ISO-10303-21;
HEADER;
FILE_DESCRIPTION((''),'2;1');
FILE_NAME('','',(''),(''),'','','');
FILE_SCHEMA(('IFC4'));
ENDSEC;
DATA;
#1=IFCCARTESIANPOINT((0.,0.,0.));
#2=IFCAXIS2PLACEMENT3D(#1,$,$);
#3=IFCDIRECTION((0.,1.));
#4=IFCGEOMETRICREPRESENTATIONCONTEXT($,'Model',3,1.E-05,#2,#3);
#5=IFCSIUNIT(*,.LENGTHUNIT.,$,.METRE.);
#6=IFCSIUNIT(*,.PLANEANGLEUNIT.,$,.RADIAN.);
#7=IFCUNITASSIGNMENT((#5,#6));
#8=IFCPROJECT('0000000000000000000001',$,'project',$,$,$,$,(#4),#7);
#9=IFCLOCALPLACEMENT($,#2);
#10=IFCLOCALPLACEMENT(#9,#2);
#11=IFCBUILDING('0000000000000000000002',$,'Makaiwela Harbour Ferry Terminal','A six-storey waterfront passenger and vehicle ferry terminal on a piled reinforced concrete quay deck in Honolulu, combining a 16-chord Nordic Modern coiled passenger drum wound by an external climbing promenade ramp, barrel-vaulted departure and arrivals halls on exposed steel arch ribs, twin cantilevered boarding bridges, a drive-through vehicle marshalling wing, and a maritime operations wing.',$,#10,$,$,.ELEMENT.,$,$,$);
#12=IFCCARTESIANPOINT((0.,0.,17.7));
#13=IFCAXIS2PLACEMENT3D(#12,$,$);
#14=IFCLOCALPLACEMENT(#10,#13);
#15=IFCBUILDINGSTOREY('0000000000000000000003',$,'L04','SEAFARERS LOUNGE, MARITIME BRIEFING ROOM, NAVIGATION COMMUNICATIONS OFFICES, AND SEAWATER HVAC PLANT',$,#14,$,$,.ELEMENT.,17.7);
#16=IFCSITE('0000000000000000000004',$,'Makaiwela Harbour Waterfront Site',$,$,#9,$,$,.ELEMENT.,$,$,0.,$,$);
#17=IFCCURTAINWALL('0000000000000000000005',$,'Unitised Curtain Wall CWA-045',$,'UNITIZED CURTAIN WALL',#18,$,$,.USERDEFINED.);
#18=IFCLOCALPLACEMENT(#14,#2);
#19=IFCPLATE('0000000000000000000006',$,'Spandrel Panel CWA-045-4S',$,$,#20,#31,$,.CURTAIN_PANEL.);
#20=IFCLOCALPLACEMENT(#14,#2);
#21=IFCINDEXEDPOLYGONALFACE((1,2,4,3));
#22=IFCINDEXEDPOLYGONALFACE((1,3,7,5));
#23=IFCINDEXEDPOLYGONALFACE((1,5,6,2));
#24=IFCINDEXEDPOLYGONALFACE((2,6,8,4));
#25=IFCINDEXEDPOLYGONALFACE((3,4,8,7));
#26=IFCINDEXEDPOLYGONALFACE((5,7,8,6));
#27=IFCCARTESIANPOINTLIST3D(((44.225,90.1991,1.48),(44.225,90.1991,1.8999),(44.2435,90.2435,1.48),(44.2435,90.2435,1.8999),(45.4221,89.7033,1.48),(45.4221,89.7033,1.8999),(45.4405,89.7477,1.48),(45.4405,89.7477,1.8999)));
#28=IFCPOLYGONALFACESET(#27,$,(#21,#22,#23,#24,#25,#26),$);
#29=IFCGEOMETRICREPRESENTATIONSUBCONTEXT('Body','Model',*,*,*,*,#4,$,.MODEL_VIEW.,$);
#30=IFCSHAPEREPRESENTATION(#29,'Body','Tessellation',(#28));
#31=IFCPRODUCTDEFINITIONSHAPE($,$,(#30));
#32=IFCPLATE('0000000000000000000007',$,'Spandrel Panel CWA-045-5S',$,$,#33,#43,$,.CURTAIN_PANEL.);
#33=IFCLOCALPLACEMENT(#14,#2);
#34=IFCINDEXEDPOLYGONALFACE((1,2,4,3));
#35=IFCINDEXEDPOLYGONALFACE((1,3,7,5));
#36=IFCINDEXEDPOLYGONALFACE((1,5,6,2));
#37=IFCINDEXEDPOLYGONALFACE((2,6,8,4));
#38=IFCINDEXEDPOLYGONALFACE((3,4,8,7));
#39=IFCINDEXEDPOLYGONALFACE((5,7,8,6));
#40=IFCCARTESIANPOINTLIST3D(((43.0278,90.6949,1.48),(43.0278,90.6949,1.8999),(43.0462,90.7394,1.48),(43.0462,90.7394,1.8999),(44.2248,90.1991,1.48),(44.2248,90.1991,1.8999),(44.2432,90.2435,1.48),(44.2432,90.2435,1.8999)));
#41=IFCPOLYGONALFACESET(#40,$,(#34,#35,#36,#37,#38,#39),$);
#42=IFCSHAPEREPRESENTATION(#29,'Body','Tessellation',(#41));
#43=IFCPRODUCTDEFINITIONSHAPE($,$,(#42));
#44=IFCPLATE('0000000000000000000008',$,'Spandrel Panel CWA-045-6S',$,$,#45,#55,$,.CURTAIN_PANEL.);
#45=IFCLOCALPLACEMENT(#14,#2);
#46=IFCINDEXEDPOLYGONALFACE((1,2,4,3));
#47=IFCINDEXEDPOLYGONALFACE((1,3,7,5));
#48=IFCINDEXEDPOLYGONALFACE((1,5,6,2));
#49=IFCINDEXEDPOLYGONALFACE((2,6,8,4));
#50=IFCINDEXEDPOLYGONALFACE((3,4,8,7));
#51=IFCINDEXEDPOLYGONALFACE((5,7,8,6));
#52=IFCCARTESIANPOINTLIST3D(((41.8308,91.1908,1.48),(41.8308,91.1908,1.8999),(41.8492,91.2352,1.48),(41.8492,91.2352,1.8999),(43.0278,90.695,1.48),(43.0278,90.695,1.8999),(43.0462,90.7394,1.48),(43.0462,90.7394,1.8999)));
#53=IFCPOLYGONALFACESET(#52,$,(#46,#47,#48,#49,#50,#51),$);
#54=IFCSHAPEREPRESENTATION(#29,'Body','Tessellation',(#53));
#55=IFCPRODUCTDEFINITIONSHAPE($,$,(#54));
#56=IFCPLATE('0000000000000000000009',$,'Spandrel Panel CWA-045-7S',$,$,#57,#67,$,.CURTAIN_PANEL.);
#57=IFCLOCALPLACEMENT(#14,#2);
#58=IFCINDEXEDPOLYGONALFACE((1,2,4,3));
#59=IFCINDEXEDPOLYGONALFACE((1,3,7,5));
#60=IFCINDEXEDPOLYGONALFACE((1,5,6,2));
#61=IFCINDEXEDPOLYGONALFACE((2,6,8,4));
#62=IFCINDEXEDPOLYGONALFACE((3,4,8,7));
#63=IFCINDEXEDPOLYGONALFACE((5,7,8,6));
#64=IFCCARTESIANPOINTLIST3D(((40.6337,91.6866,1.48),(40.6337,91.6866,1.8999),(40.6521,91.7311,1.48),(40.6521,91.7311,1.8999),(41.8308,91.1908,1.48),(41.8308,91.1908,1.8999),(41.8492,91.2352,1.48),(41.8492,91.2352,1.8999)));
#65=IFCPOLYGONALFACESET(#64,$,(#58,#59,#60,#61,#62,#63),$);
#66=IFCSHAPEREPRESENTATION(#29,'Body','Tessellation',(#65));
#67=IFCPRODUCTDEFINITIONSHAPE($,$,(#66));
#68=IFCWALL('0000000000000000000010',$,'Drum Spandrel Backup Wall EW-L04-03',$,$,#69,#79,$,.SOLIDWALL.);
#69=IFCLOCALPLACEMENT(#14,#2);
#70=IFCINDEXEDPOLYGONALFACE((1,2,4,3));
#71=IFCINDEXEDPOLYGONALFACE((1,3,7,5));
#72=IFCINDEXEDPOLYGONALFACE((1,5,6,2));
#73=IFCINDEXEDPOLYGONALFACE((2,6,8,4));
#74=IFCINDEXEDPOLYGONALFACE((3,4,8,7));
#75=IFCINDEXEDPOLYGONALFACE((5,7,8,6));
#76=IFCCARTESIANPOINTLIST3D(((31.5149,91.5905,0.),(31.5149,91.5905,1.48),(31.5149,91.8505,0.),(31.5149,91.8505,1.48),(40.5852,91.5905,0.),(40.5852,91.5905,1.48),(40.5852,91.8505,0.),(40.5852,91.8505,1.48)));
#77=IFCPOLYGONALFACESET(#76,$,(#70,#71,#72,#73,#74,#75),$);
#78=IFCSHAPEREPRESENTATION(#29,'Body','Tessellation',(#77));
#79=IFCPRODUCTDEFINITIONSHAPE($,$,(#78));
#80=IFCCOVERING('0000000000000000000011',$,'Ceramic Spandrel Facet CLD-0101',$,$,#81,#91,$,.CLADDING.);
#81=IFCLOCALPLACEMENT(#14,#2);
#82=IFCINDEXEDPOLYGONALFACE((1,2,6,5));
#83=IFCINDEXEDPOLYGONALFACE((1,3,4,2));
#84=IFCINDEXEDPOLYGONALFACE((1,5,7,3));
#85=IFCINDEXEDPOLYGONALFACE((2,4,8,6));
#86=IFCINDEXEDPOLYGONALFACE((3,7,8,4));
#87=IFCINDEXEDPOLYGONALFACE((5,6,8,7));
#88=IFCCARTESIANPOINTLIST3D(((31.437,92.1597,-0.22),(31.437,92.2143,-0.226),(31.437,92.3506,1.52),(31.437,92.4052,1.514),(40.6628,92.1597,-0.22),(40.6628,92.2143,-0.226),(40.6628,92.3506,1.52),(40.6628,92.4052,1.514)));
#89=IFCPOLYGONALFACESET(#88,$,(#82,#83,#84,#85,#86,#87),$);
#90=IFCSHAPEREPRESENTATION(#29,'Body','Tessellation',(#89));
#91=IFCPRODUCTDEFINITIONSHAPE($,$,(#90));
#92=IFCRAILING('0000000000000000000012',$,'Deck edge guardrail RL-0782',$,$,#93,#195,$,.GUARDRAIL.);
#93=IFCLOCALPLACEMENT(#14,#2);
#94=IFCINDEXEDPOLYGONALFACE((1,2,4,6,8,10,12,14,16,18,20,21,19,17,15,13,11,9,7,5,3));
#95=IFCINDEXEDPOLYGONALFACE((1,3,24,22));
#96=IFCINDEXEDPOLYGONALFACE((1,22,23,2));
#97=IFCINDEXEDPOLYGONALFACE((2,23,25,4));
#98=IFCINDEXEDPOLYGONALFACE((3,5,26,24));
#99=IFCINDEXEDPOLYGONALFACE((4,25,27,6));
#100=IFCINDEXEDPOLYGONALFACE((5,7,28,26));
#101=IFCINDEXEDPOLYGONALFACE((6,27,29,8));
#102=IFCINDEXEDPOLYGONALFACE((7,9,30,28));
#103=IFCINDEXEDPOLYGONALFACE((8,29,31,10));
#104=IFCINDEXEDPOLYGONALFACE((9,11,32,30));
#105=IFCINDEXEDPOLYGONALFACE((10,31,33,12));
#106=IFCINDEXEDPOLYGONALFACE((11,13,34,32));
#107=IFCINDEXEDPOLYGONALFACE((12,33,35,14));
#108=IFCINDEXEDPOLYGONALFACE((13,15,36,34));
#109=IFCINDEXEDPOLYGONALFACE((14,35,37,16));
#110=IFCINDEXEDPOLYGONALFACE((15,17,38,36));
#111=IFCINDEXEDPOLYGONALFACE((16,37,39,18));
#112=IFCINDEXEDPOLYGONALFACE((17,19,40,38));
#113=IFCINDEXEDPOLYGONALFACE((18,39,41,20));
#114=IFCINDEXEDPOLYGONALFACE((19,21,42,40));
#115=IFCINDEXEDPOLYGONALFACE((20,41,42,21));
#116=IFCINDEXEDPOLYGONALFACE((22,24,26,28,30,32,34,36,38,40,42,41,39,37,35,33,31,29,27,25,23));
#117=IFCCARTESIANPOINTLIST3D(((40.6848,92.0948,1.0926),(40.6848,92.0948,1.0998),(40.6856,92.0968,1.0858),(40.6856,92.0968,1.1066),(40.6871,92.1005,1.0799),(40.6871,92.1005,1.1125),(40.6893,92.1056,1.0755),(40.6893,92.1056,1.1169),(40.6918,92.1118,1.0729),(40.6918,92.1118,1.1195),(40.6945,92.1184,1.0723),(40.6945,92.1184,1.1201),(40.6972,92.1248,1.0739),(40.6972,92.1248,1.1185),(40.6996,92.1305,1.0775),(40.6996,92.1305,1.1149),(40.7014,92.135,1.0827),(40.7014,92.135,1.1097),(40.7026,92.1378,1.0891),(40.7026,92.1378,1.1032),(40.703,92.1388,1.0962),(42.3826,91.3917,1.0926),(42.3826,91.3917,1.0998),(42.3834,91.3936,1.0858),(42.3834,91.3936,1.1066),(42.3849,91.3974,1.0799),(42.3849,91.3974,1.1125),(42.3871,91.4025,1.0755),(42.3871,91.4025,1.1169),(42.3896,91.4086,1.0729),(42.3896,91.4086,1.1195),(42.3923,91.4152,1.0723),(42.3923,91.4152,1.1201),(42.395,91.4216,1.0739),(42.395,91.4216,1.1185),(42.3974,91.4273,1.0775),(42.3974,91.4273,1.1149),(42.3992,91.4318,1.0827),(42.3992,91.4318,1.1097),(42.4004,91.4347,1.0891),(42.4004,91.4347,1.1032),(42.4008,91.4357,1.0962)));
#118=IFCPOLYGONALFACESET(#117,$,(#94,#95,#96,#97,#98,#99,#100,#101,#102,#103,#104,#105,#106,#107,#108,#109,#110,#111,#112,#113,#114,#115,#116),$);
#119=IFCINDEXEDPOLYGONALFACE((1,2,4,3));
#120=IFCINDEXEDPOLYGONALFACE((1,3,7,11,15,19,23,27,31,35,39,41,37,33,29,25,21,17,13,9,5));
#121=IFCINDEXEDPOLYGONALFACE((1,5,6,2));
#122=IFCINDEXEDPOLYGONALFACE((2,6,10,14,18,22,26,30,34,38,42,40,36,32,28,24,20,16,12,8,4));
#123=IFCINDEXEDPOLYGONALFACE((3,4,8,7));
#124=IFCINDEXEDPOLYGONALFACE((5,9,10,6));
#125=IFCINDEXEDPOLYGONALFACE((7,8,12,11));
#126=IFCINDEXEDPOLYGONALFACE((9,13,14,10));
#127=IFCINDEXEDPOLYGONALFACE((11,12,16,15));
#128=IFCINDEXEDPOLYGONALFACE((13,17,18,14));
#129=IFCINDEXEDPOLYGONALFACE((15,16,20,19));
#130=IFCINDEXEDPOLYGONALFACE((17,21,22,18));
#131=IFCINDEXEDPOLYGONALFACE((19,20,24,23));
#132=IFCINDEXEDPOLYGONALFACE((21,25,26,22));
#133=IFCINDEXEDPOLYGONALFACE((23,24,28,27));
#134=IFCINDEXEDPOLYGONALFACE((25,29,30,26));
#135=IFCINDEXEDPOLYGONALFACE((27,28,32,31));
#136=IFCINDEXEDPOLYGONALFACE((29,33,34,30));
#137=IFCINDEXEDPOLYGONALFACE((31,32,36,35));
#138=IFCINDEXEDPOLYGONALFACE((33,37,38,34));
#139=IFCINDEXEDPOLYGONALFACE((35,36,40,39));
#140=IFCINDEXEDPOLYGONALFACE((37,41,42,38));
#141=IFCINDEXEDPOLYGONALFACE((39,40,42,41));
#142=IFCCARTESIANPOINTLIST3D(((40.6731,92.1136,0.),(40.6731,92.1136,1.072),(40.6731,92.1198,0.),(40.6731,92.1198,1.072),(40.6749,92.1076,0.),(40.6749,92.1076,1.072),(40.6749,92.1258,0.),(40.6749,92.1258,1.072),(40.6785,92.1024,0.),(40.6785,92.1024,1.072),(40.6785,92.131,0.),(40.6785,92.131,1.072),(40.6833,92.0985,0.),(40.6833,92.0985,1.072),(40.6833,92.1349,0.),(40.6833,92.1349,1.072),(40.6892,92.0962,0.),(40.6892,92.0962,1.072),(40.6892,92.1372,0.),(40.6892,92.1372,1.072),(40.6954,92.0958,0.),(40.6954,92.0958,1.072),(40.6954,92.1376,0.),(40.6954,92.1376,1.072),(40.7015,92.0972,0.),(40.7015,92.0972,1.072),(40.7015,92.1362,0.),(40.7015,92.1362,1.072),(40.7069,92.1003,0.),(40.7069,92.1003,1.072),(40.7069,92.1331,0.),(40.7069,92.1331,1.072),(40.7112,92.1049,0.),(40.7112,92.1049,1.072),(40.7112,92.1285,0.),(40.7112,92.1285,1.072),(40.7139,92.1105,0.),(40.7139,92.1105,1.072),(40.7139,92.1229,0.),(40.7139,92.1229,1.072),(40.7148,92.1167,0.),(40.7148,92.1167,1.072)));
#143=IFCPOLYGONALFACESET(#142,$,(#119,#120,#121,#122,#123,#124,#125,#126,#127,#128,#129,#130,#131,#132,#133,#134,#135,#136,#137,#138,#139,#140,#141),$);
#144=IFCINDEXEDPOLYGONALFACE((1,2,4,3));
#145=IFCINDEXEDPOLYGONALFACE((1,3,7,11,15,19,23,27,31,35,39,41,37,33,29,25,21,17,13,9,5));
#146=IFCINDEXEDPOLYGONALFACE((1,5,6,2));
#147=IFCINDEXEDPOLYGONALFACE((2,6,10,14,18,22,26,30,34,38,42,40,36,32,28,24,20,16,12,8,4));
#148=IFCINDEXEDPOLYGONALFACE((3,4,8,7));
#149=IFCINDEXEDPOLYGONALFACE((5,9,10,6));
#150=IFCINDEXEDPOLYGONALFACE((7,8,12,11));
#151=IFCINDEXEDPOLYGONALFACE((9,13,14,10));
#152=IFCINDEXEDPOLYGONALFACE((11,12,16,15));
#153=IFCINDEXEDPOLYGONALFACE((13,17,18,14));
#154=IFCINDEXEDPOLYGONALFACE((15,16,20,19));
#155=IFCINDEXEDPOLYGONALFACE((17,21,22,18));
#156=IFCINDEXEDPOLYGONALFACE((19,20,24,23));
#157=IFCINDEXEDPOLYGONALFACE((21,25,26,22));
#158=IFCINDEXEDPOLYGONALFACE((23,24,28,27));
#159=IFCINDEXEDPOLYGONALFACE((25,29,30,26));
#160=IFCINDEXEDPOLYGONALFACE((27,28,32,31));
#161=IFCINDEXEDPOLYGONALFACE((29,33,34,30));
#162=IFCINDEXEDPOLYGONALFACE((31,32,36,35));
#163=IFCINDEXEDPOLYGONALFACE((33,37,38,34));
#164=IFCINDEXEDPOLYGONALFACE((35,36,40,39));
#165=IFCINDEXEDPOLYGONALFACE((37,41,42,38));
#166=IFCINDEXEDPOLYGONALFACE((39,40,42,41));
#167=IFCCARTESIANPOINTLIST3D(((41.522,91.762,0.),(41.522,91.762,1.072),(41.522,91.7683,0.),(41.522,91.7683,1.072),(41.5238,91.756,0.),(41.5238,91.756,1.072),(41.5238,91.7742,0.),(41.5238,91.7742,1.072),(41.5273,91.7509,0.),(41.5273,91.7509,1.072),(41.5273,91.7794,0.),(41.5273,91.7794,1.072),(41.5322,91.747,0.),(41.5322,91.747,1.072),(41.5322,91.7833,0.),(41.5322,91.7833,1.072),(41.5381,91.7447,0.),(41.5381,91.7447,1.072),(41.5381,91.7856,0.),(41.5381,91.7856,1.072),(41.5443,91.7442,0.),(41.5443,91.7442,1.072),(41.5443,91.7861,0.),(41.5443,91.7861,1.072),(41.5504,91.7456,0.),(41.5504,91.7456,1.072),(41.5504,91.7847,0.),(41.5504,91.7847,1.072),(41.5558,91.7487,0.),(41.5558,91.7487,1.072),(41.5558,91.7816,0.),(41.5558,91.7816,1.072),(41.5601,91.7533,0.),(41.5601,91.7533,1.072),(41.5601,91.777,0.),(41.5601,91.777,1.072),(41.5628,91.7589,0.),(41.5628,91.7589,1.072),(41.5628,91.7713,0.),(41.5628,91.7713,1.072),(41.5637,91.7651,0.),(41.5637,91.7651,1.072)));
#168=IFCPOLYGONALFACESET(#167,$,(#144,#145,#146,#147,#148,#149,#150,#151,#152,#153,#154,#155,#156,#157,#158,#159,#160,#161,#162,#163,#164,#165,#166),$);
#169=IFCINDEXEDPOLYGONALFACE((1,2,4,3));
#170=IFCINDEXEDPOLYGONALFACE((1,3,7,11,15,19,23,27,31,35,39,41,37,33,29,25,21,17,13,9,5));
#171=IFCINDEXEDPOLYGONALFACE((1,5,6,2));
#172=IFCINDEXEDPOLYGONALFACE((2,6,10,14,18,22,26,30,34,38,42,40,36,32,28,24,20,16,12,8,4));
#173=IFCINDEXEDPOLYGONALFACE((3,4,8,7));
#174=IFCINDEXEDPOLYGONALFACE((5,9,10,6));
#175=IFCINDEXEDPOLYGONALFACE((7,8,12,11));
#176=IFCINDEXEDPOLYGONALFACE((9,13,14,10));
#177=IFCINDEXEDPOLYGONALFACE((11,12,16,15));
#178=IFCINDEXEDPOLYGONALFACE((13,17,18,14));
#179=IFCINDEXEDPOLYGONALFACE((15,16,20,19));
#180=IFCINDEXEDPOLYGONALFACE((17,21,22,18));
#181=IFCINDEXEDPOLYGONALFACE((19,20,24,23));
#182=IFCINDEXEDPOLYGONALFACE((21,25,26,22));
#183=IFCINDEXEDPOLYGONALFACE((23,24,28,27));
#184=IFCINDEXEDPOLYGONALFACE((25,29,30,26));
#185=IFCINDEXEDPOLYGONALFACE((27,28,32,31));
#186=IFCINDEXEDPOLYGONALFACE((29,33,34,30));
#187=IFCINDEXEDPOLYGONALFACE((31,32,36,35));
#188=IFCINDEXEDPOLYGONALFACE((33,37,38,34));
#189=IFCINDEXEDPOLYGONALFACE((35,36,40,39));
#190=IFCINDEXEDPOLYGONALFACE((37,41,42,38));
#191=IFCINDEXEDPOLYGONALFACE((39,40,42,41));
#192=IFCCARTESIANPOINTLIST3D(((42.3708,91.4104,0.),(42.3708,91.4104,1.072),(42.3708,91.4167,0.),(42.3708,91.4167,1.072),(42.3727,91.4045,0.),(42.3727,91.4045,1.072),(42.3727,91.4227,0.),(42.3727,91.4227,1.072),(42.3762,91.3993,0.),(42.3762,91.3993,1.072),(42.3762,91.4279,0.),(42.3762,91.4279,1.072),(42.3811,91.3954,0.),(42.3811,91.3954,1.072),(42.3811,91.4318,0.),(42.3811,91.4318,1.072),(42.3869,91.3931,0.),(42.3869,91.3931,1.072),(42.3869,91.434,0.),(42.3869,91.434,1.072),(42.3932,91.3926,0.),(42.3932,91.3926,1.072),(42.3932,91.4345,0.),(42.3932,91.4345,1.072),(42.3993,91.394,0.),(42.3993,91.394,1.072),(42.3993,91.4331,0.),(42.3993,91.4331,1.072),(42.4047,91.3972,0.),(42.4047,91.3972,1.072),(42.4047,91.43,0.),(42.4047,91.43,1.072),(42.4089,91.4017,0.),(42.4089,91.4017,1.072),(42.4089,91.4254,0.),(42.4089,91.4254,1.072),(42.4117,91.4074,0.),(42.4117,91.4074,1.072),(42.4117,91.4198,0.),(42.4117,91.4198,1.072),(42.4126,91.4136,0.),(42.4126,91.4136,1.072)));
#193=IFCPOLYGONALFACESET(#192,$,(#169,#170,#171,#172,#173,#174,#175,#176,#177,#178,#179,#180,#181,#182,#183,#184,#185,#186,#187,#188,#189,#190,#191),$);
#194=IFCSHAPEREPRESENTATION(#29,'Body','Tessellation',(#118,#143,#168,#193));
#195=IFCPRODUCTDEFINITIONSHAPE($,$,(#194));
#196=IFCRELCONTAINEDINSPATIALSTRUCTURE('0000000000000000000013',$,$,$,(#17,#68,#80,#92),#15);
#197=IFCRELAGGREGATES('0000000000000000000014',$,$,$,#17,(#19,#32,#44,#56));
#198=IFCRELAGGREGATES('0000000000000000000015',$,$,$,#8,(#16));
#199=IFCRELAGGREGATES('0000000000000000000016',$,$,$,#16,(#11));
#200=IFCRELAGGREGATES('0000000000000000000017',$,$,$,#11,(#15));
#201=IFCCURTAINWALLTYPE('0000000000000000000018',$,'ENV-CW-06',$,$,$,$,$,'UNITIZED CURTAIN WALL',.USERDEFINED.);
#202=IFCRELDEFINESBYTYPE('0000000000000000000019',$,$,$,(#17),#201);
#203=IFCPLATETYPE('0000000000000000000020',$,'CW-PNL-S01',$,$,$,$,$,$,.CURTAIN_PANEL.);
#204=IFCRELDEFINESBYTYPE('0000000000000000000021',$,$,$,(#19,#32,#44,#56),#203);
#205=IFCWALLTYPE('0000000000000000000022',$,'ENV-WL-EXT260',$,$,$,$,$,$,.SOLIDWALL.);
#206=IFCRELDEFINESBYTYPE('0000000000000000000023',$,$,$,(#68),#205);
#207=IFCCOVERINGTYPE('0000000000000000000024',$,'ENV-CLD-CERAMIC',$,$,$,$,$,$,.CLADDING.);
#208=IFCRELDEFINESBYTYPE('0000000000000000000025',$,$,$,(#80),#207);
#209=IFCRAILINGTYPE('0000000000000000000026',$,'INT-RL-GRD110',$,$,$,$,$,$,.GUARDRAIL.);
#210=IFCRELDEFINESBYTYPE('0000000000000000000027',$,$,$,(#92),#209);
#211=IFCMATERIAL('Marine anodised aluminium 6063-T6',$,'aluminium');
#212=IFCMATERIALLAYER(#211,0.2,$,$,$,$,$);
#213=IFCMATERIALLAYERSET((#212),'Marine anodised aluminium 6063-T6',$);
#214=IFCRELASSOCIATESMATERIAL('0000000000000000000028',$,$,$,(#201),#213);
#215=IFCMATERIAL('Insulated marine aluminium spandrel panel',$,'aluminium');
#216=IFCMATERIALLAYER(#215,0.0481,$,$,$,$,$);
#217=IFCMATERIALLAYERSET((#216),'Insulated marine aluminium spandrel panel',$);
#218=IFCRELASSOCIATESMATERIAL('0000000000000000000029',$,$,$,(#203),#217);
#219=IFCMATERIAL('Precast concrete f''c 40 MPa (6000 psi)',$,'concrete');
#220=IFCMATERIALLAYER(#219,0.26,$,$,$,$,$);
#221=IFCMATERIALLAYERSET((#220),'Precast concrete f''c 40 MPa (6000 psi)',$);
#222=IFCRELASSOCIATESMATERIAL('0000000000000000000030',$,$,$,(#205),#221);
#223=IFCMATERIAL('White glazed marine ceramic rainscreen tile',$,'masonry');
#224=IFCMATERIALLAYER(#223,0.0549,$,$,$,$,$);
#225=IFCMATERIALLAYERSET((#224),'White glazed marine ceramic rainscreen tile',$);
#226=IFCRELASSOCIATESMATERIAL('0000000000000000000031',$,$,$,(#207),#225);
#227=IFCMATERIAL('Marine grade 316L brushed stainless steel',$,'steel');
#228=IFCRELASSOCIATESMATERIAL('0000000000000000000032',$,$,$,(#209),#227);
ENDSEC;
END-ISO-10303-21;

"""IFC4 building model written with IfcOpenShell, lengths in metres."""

from ifc_helpers import new_model, si_unit, direction, frame, frame_2d, origin, origin_2d, place, context, subcontext, project, spatial, polyline, rectangle, circle, outline, extrude, material, layer, layer_set, type_object, element, aggregate, save


model = new_model("IFC4")

# Units and contexts
model_context = context("Model", 3, precision=1e-05, world=origin(), true_north=direction((0.0, 1.0)))
body_context = subcontext(model_context, "Body", "Model", "MODEL_VIEW")
ifc_project = project(units=[si_unit("LENGTHUNIT", "METRE"), si_unit("PLANEANGLEUNIT", "RADIAN")], contexts=[model_context])

# Site, building, storey
site_placement = place(None, origin())
site = spatial("IfcSite", under=ifc_project, at=site_placement, Name="Makaiwela Harbour Waterfront Site", CompositionType="ELEMENT", RefElevation=0.0)
building_placement = place(site_placement, origin())
building = spatial("IfcBuilding", under=site, at=building_placement, Name="Makaiwela Harbour Ferry Terminal", Description="A six-storey waterfront passenger and vehicle ferry terminal on a piled reinforced concrete quay deck in Honolulu, combining a 16-chord Nordic Modern coiled passenger drum wound by an external climbing promenade ramp, barrel-vaulted departure and arrivals halls on exposed steel arch ribs, twin cantilevered boarding bridges, a drive-through vehicle marshalling wing, and a maritime operations wing.", CompositionType="ELEMENT")
storey_placement = place(building_placement, frame((0.0, 0.0, 17.7)))
storey = spatial("IfcBuildingStorey", under=building, at=storey_placement, Name="L04", Description="SEAFARERS LOUNGE, MARITIME BRIEFING ROOM, NAVIGATION COMMUNICATIONS OFFICES, AND SEAWATER HVAC PLANT", CompositionType="ELEMENT", Elevation=17.7)

# Curtain wall
ifc_material_1 = material(Name="Marine anodised aluminium 6063-T6", Category="aluminium")
ifc_layer_1 = layer(ifc_material_1, 0.2)
ifc_layer_set_1 = layer_set([ifc_layer_1], Name="Marine anodised aluminium 6063-T6")
curtain_wall_type = type_object("IfcCurtainWallType", Name="ENV-CW-06", ElementType="UNITIZED CURTAIN WALL", PredefinedType="USERDEFINED", material=ifc_layer_set_1)
curtain_wall_1_placement = place(storey_placement, origin())
curtain_wall_1 = element("IfcCurtainWall", 1, at=curtain_wall_1_placement, inside=storey, type_object=curtain_wall_type, Name="Unitised Curtain Wall CWA-045", ObjectType="UNITIZED CURTAIN WALL", PredefinedType="USERDEFINED")

# Plates
ifc_material_2 = material(Name="Insulated marine aluminium spandrel panel", Category="aluminium")
ifc_layer_2 = layer(ifc_material_2, 0.0481)
ifc_layer_set_2 = layer_set([ifc_layer_2], Name="Insulated marine aluminium spandrel panel")
plate_type_1 = type_object("IfcPlateType", Name="CW-PNL-S01", PredefinedType="CURTAIN_PANEL", material=ifc_layer_set_2)
plate_1_placement = place(storey_placement, frame((44.8328, 89.9734, 1.48), z_axis=(0.0, 0.0, 1.0), x_axis=(-0.92388, 0.382683, 0.0)))
plate_1 = element("IfcPlate", 2, at=plate_1_placement, type_object=plate_type_1, Name="Spandrel Panel CWA-045-4S", PredefinedType="CURTAIN_PANEL", context=body_context, shape_type="SweptSolid", body=[
    extrude(rectangle(XDim=1.2957, YDim=0.0481, at=origin_2d()), origin(), (0.0, 0.0, 1.0), 0.4199),
])
plate_2_placement = place(storey_placement, frame((43.6355, 90.4692, 1.48), z_axis=(0.0, 0.0, 1.0), x_axis=(-0.92388, 0.382683, 0.0)))
plate_2 = element("IfcPlate", 3, at=plate_2_placement, type_object=plate_type_1, Name="Spandrel Panel CWA-045-5S", PredefinedType="CURTAIN_PANEL", context=body_context, shape_type="SweptSolid", body=[
    extrude(rectangle(XDim=1.2957, YDim=0.0481, at=origin_2d()), origin(), (0.0, 0.0, 1.0), 0.4199),
])
plate_3_placement = place(storey_placement, frame((42.4385, 90.9651, 1.48), z_axis=(0.0, 0.0, 1.0), x_axis=(-0.92388, 0.382683, 0.0)))
plate_3 = element("IfcPlate", 4, at=plate_3_placement, type_object=plate_type_1, Name="Spandrel Panel CWA-045-6S", PredefinedType="CURTAIN_PANEL", context=body_context, shape_type="SweptSolid", body=[
    extrude(rectangle(XDim=1.2957, YDim=0.0481, at=origin_2d()), origin(), (0.0, 0.0, 1.0), 0.4199),
])
plate_4_placement = place(storey_placement, frame((41.2415, 91.4609, 1.48), z_axis=(0.0, 0.0, 1.0), x_axis=(-0.92388, 0.382683, 0.0)))
plate_4 = element("IfcPlate", 5, at=plate_4_placement, type_object=plate_type_1, Name="Spandrel Panel CWA-045-7S", PredefinedType="CURTAIN_PANEL", context=body_context, shape_type="SweptSolid", body=[
    extrude(rectangle(XDim=1.2957, YDim=0.0481, at=origin_2d()), origin(), (0.0, 0.0, 1.0), 0.4199),
])
aggregate(curtain_wall_1, [plate_1, plate_2, plate_3, plate_4])

# Wall
ifc_material_3 = material(Name="Precast concrete f'c 40 MPa (6000 psi)", Category="concrete")
ifc_layer_3 = layer(ifc_material_3, 0.26)
ifc_layer_set_3 = layer_set([ifc_layer_3], Name="Precast concrete f'c 40 MPa (6000 psi)")
wall_type = type_object("IfcWallType", Name="ENV-WL-EXT260", PredefinedType="SOLIDWALL", material=ifc_layer_set_3)
wall_placement = place(storey_placement, frame((40.5852, 91.7205, 0.0), z_axis=(0.0, 0.0, 1.0), x_axis=(-1.0, 0.0, 0.0)))
element("IfcWall", 6, at=wall_placement, inside=storey, type_object=wall_type, Name="Drum Spandrel Backup Wall EW-L04-03", PredefinedType="SOLIDWALL", context=body_context, shape_type="SweptSolid", body=[
    extrude(rectangle(XDim=9.0703, YDim=0.26, at=frame_2d((4.5352, 0.0))), origin(), (0.0, 0.0, 1.0), 1.48),
])

# Covering
ifc_material_4 = material(Name="White glazed marine ceramic rainscreen tile", Category="masonry")
ifc_layer_4 = layer(ifc_material_4, 0.0549)
ifc_layer_set_4 = layer_set([ifc_layer_4], Name="White glazed marine ceramic rainscreen tile")
covering_type = type_object("IfcCoveringType", Name="ENV-CLD-CERAMIC", PredefinedType="CLADDING", material=ifc_layer_set_4)
covering_placement = place(storey_placement, frame((40.6628, 92.1597, -0.22), z_axis=(0.0, -0.994034, 0.109069), x_axis=(-1.0, 0.0, 0.0)))
element("IfcCovering", 7, at=covering_placement, inside=storey, type_object=covering_type, Name="Ceramic Spandrel Facet CLD-0101", PredefinedType="CLADDING", context=body_context, shape_type="SweptSolid", body=[
    extrude(outline(polyline([(0.0, 0.0), (9.2258, 0.0), (9.2258, -1.7504), (0.0, -1.7504), (0.0, 0.0)])), origin(), (0.0, 0.0, -1.0), 0.0549),
])

# Railing
ifc_material_5 = material(Name="Marine grade 316L brushed stainless steel", Category="steel")
railing_type = type_object("IfcRailingType", Name="INT-RL-GRD110", PredefinedType="GUARDRAIL", material=ifc_material_5)
railing_1_placement = place(storey_placement, frame((40.6938, 92.1167, 0.0)))
element("IfcRailing", 8, at=railing_1_placement, inside=storey, type_object=railing_type, Name="Deck edge guardrail RL-0782", PredefinedType="GUARDRAIL", context=body_context, shape_type="SweptSolid", body=[
    extrude(circle(Radius=0.0239, at=origin_2d()), frame((0.0, 0.0, 1.0962), z_axis=(0.9239, -0.382633, 0.0), x_axis=(0.382633, 0.9239, 0.0)), (0.0, 0.0, 1.0), 1.8376),
    extrude(circle(Radius=0.021, at=origin_2d()), origin(), (0.0, 0.0, 1.0), 1.072),
    extrude(circle(Radius=0.021, at=origin_2d()), frame((0.8489, -0.3516, 0.0)), (0.0, 0.0, 1.0), 1.072),
    extrude(circle(Radius=0.021, at=origin_2d()), frame((1.6978, -0.7031, 0.0)), (0.0, 0.0, 1.0), 1.072),
])

save(model, "model.ifc")
